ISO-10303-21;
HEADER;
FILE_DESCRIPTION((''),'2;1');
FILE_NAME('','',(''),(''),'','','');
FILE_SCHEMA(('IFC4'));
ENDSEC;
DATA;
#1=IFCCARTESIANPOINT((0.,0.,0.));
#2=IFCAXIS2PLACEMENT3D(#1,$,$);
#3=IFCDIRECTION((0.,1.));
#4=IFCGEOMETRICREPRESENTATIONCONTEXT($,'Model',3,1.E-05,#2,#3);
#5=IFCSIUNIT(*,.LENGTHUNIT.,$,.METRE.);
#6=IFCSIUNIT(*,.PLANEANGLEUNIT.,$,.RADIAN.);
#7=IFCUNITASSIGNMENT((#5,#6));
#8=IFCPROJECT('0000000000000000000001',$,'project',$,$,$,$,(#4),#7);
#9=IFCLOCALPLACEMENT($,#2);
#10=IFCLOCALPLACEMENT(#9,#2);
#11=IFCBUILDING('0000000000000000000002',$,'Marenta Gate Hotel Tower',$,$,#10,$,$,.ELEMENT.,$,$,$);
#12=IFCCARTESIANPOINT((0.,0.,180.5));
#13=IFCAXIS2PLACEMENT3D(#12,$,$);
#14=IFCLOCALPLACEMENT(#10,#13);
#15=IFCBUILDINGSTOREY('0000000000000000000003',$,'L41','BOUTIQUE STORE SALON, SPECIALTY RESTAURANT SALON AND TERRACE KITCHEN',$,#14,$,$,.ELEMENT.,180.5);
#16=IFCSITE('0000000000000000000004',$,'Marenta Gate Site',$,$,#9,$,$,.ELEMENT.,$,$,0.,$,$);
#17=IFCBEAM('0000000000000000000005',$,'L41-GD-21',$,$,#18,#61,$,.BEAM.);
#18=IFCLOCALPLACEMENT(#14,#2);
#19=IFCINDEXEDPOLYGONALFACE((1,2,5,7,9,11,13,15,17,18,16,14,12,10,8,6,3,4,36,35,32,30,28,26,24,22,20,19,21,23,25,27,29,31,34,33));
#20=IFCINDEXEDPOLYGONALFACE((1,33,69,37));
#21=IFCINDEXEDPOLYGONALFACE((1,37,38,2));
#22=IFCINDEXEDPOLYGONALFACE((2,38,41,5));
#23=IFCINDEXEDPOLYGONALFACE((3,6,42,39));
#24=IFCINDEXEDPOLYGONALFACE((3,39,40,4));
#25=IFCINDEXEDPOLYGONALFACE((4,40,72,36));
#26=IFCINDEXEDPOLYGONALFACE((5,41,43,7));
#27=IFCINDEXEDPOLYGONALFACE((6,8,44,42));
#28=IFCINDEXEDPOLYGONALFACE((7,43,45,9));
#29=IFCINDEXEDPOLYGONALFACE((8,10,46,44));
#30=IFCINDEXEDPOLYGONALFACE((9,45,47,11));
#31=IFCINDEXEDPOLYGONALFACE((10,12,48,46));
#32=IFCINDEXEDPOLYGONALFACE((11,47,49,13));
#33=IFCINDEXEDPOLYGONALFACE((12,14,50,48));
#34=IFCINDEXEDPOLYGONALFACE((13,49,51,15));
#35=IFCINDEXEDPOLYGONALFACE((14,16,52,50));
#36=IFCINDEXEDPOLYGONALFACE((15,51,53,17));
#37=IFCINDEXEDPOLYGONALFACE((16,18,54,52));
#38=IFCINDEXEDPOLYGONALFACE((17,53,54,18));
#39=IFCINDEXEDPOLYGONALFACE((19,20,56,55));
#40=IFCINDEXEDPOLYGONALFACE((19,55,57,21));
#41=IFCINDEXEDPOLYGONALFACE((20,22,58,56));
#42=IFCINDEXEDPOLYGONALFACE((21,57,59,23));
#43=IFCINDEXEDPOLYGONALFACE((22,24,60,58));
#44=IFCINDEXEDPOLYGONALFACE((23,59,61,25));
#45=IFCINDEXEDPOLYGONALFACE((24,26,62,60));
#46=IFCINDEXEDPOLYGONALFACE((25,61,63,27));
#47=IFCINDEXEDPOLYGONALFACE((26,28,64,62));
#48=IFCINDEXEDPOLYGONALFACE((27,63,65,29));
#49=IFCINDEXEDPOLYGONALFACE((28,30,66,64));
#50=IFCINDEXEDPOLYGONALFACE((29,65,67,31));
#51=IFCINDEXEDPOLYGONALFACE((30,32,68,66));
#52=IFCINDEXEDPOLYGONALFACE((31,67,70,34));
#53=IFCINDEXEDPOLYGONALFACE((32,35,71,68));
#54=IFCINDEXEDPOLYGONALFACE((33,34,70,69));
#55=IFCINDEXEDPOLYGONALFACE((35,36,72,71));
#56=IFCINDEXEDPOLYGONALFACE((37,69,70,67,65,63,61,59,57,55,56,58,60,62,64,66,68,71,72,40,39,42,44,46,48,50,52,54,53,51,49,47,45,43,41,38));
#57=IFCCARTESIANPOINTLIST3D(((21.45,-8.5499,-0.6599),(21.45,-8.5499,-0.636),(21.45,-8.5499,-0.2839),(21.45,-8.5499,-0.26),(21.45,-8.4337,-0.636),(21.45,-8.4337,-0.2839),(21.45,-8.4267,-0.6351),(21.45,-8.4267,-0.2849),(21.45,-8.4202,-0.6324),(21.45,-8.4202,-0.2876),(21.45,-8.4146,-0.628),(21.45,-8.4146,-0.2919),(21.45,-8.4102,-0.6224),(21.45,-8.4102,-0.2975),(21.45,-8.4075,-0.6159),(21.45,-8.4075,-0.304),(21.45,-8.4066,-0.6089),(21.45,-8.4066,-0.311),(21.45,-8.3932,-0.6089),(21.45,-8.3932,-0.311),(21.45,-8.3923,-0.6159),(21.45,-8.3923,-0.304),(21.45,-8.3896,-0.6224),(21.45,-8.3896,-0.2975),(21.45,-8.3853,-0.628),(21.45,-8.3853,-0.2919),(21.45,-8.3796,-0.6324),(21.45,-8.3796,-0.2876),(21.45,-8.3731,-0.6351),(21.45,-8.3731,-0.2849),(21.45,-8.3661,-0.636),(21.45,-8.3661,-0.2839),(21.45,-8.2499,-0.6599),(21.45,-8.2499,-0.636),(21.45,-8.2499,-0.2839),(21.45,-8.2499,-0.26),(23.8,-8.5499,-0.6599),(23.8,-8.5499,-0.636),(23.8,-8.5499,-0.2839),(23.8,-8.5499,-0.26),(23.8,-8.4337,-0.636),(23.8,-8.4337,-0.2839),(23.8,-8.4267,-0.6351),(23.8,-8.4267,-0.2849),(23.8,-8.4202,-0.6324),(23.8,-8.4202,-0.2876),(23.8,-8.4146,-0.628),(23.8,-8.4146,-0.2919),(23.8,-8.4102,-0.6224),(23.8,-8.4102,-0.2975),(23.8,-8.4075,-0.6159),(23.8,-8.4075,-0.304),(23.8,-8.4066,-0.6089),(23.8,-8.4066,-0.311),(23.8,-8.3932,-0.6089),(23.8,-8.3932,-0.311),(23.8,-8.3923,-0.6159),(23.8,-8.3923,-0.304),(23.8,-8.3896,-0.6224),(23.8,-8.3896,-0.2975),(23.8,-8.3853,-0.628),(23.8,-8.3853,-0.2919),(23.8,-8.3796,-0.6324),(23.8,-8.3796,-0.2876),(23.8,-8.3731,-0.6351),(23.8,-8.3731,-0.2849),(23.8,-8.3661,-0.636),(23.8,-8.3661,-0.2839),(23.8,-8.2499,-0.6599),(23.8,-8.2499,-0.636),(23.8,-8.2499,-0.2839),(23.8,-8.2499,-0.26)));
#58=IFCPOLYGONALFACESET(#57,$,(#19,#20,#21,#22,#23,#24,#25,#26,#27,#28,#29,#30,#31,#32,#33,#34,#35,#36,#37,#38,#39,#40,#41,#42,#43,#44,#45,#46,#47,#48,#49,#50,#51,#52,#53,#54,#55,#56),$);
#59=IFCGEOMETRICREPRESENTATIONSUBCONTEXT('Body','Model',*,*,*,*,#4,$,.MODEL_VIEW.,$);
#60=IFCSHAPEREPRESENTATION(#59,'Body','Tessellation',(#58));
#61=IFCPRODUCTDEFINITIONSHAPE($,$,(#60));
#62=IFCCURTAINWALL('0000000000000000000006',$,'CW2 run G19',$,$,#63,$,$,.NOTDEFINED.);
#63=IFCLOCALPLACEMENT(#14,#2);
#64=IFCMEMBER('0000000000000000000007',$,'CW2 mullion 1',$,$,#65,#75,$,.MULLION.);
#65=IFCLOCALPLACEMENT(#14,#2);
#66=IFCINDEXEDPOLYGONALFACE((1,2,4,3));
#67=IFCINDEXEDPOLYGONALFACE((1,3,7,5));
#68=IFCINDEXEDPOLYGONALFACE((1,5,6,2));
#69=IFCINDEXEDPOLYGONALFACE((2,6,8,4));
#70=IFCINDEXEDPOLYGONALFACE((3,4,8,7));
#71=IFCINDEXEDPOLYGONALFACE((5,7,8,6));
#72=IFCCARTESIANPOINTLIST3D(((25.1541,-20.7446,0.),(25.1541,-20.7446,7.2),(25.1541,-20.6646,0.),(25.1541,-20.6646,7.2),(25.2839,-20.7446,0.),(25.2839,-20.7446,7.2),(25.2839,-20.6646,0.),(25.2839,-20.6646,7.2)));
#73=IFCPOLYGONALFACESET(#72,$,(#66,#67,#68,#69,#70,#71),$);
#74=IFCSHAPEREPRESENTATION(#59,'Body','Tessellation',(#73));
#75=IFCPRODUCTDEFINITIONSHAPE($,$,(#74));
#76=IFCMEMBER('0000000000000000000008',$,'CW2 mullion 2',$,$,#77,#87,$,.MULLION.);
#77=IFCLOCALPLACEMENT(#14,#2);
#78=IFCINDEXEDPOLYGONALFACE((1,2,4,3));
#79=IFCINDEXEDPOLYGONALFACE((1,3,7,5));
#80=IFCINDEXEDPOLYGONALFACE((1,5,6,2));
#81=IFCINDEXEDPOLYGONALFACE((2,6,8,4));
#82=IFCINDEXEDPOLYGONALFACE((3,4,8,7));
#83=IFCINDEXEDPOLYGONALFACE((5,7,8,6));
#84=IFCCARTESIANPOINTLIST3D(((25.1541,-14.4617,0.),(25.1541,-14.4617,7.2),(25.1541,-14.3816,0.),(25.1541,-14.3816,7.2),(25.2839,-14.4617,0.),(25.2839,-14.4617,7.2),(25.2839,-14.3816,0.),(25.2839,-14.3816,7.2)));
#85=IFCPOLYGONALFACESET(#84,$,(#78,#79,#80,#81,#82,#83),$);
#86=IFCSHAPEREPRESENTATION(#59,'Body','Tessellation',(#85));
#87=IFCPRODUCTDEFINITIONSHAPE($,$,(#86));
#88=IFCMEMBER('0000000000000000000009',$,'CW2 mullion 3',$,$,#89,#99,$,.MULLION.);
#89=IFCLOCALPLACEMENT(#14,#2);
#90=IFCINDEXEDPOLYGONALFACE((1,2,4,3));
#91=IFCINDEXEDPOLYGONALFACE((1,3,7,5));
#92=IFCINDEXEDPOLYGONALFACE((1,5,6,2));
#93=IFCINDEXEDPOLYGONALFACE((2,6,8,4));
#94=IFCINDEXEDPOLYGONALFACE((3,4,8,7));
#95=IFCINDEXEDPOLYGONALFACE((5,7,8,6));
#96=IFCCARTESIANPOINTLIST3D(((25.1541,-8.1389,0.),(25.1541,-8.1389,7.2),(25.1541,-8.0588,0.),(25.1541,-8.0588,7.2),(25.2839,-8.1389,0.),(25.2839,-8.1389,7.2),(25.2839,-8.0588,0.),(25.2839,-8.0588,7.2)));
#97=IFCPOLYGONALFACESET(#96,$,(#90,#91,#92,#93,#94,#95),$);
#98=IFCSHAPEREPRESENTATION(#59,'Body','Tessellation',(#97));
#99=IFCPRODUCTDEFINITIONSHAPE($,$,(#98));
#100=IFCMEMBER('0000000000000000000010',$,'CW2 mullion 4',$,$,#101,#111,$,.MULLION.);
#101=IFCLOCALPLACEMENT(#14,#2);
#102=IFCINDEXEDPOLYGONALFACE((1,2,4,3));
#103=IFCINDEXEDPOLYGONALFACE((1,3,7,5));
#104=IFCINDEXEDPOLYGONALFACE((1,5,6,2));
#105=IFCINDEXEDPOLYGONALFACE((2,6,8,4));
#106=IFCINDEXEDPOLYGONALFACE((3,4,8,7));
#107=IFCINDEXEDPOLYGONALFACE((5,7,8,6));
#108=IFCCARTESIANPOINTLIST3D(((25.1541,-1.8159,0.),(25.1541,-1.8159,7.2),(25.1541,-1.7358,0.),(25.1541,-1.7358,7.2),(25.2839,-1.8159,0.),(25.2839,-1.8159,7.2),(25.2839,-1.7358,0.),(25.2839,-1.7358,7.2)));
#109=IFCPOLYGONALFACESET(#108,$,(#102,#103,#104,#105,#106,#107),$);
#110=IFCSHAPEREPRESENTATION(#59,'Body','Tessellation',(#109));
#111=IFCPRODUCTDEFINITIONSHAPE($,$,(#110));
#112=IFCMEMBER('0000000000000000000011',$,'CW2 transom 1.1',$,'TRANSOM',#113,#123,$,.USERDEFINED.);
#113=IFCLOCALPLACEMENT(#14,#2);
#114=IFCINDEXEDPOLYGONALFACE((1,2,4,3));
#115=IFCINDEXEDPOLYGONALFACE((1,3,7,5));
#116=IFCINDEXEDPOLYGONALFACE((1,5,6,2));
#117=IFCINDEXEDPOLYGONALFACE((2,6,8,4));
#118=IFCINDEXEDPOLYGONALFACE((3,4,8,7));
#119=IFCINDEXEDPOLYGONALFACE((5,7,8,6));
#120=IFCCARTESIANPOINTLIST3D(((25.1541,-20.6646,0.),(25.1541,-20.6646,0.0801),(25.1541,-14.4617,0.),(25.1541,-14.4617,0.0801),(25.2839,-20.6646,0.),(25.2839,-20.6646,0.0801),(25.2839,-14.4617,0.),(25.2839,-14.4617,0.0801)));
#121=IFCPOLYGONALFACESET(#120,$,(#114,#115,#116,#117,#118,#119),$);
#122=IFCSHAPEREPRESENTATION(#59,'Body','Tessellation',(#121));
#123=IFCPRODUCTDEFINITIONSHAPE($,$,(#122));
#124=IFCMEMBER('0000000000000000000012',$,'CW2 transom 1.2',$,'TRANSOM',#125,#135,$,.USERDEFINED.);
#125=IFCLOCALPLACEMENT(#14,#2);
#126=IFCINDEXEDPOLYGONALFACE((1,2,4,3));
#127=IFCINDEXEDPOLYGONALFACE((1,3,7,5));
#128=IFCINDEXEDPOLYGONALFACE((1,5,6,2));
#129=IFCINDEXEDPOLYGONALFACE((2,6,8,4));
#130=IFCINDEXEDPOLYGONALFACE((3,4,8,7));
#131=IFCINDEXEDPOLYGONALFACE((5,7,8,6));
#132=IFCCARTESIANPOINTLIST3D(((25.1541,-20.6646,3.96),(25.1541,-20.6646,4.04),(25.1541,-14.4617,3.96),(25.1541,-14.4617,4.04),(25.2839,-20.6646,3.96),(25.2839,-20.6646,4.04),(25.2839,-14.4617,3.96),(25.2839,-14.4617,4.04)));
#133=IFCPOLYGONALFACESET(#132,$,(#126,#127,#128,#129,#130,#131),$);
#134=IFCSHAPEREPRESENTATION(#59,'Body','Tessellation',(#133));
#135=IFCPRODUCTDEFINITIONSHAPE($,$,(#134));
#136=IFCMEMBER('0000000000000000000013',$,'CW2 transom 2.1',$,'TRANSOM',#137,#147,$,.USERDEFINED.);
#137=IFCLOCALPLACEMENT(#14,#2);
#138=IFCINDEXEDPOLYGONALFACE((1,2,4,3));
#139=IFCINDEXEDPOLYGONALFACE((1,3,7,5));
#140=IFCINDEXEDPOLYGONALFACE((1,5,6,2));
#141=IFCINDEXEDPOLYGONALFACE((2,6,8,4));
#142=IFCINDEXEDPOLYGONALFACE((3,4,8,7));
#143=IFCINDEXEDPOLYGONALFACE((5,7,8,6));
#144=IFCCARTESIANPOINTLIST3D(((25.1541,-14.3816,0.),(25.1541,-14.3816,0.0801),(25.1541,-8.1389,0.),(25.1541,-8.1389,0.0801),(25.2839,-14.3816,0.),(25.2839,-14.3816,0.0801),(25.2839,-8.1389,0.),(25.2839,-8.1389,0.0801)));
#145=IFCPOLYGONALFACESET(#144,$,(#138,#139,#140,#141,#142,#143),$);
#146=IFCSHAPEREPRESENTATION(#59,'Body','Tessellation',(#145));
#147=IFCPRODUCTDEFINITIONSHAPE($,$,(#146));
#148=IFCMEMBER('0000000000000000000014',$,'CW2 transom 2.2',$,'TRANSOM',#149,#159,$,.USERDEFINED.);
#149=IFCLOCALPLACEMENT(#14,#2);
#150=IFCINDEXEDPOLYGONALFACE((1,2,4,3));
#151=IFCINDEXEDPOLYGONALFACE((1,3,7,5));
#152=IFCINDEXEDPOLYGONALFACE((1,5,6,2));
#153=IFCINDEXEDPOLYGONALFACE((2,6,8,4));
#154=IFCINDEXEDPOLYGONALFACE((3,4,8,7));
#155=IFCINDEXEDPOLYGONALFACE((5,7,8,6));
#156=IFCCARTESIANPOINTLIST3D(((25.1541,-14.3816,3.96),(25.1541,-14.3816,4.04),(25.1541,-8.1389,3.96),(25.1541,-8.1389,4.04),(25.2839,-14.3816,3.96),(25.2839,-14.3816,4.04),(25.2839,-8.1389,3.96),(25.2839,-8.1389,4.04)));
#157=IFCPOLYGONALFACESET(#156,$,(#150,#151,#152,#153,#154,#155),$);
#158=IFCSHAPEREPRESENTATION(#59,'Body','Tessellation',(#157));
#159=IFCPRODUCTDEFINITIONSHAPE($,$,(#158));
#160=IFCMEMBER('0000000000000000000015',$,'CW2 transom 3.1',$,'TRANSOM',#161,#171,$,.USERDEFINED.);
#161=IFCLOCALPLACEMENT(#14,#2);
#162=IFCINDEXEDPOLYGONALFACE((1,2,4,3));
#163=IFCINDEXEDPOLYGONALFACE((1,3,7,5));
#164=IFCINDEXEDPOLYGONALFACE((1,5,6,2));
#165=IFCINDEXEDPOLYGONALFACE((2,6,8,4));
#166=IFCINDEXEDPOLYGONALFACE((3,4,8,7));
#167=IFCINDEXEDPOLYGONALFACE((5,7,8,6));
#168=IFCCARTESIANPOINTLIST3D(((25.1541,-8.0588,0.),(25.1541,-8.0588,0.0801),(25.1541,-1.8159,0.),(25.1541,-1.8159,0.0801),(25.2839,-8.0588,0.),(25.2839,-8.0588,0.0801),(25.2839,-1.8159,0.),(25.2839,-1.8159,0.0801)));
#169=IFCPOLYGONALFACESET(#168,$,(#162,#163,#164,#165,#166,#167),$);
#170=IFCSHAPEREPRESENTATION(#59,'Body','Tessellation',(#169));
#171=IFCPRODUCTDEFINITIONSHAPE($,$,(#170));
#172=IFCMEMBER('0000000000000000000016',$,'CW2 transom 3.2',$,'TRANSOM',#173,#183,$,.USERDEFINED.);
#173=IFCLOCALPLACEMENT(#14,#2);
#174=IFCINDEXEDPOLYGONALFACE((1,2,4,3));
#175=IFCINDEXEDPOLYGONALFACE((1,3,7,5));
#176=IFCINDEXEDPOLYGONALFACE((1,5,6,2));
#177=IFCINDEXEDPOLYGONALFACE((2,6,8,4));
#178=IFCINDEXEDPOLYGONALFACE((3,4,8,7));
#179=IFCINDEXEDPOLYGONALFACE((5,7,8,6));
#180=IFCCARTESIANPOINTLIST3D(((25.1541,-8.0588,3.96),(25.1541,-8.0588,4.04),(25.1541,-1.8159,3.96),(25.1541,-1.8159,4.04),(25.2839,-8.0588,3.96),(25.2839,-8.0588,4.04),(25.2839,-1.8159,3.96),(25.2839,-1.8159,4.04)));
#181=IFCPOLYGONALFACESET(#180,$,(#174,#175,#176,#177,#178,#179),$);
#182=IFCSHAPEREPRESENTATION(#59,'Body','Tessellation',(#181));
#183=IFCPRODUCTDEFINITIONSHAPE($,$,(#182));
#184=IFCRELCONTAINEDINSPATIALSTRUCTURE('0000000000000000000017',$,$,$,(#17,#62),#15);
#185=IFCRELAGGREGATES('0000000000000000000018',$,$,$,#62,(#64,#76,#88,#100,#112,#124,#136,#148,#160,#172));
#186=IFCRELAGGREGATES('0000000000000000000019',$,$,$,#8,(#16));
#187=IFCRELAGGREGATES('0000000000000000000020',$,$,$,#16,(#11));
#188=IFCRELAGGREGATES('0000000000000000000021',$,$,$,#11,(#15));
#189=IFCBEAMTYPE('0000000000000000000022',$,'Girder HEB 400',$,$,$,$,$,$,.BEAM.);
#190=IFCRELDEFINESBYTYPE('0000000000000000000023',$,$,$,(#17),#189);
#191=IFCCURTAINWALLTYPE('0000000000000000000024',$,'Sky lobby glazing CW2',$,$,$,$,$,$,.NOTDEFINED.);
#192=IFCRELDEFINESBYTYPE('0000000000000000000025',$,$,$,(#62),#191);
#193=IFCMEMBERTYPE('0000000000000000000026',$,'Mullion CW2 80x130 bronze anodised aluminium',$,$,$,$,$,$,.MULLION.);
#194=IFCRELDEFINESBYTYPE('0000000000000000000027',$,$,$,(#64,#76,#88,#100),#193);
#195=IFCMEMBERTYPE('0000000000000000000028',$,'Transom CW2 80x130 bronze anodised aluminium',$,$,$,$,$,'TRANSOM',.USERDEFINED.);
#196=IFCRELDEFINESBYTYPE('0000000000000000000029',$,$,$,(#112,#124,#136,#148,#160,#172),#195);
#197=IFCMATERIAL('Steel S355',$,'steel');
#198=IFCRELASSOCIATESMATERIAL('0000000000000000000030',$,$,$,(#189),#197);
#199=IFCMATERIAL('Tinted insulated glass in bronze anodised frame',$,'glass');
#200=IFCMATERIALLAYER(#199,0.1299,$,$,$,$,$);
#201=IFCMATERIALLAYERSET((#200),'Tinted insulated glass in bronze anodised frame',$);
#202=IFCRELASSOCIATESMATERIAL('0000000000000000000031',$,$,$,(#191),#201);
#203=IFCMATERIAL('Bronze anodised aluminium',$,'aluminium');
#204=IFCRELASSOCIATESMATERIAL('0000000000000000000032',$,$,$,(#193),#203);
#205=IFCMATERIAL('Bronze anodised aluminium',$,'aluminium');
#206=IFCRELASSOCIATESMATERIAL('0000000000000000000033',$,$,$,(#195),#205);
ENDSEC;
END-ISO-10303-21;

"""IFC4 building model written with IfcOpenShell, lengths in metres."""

from ifc_helpers import new_model, si_unit, direction, frame, origin, origin_2d, place, context, subcontext, project, spatial, rectangle, i_section, extrude, material, layer, layer_set, material_profile, profile_set, type_object, element, aggregate, save


model = new_model("IFC4")

# Units and contexts
model_context = context("Model", 3, precision=1e-05, world=origin(), true_north=direction((0.0, 1.0)))
body_context = subcontext(model_context, "Body", "Model", "MODEL_VIEW")
ifc_project = project(units=[si_unit("LENGTHUNIT", "METRE"), si_unit("PLANEANGLEUNIT", "RADIAN")], contexts=[model_context])

# Site, building, storey
site_placement = place(None, origin())
site = spatial("IfcSite", under=ifc_project, at=site_placement, Name="Marenta Gate Site", CompositionType="ELEMENT", RefElevation=0.0)
building_placement = place(site_placement, origin())
building = spatial("IfcBuilding", under=site, at=building_placement, Name="Marenta Gate Hotel Tower", CompositionType="ELEMENT")
storey_placement = place(building_placement, frame((0.0, 0.0, 180.5)))
storey = spatial("IfcBuildingStorey", under=building, at=storey_placement, Name="L41", Description="BOUTIQUE STORE SALON, SPECIALTY RESTAURANT SALON AND TERRACE KITCHEN", CompositionType="ELEMENT", Elevation=180.5)

# Beam
ifc_material_1 = material(Name="Steel S355", Category="steel")
ifc_material_profile_1 = material_profile(ifc_material_1, i_section(OverallWidth=0.3, OverallDepth=0.3999, WebThickness=0.0134, FlangeThickness=0.0239, FilletRadius=0.0271, at=origin_2d()), Name="HEB 400")
ifc_profile_set_1 = profile_set([ifc_material_profile_1], Name="Steel S355")
beam_type_1 = type_object("IfcBeamType", Name="Girder HEB 400", PredefinedType="BEAM", material=ifc_profile_set_1)
beam_1_placement = place(storey_placement, frame((21.45, -8.3999, -0.46), z_axis=(1.0, 0.0, 0.0), x_axis=(0.0, 1.0, 0.0)))
element("IfcBeam", 1, at=beam_1_placement, inside=storey, type_object=beam_type_1, Name="L41-GD-21", PredefinedType="BEAM", context=body_context, shape_type="SweptSolid", body=[
    extrude(i_section(OverallWidth=0.3, OverallDepth=0.3999, WebThickness=0.0134, FlangeThickness=0.0239, FilletRadius=0.0271, at=origin_2d()), origin(), (0.0, 0.0, 1.0), 2.3501),
])

# Curtain wall, members
ifc_material_2 = material(Name="Tinted insulated glass in bronze anodised frame", Category="glass")
ifc_layer_1 = layer(ifc_material_2, 0.1299)
ifc_layer_set_1 = layer_set([ifc_layer_1], Name="Tinted insulated glass in bronze anodised frame")
curtain_wall_type = type_object("IfcCurtainWallType", Name="Sky lobby glazing CW2", PredefinedType="NOTDEFINED", material=ifc_layer_set_1)
curtain_wall_1_placement = place(storey_placement, origin())
curtain_wall_1 = element("IfcCurtainWall", 2, at=curtain_wall_1_placement, inside=storey, type_object=curtain_wall_type, Name="CW2 run G19", PredefinedType="NOTDEFINED")
ifc_material_3 = material(Name="Bronze anodised aluminium", Category="aluminium")
ifc_material_profile_2 = material_profile(ifc_material_3, rectangle(XDim=0.1299, YDim=0.0801, at=origin_2d()), Name="Mullion CW2 80x130 bronze anodised aluminium")
ifc_profile_set_2 = profile_set([ifc_material_profile_2], Name="Bronze anodised aluminium")
member_type_1 = type_object("IfcMemberType", Name="Mullion CW2 80x130 bronze anodised aluminium", PredefinedType="MULLION", material=ifc_profile_set_2)
member_1_placement = place(storey_placement, frame((25.219, -20.7046, 0.0), z_axis=(0.0, 0.0, 1.0), x_axis=(-1.0, 0.0, 0.0)))
member_1 = element("IfcMember", 3, at=member_1_placement, type_object=member_type_1, Name="CW2 mullion 1", PredefinedType="MULLION", context=body_context, shape_type="SweptSolid", body=[
    extrude(rectangle(XDim=0.1299, YDim=0.0801, at=origin_2d()), origin(), (0.0, 0.0, 1.0), 7.2),
])
member_2_placement = place(storey_placement, frame((25.219, -14.4216, 0.0), z_axis=(0.0, 0.0, 1.0), x_axis=(-1.0, 0.0, 0.0)))
member_2 = element("IfcMember", 4, at=member_2_placement, type_object=member_type_1, Name="CW2 mullion 2", PredefinedType="MULLION", context=body_context, shape_type="SweptSolid", body=[
    extrude(rectangle(XDim=0.1299, YDim=0.0801, at=origin_2d()), origin(), (0.0, 0.0, 1.0), 7.2),
])
member_3_placement = place(storey_placement, frame((25.219, -8.0989, 0.0), z_axis=(0.0, 0.0, 1.0), x_axis=(-1.0, 0.0, 0.0)))
member_3 = element("IfcMember", 5, at=member_3_placement, type_object=member_type_1, Name="CW2 mullion 3", PredefinedType="MULLION", context=body_context, shape_type="SweptSolid", body=[
    extrude(rectangle(XDim=0.1299, YDim=0.0801, at=origin_2d()), origin(), (0.0, 0.0, 1.0), 7.2),
])
member_4_placement = place(storey_placement, frame((25.219, -1.7759, 0.0), z_axis=(0.0, 0.0, 1.0), x_axis=(-1.0, 0.0, 0.0)))
member_4 = element("IfcMember", 6, at=member_4_placement, type_object=member_type_1, Name="CW2 mullion 4", PredefinedType="MULLION", context=body_context, shape_type="SweptSolid", body=[
    extrude(rectangle(XDim=0.1299, YDim=0.0801, at=origin_2d()), origin(), (0.0, 0.0, 1.0), 7.2),
])
ifc_material_4 = material(Name="Bronze anodised aluminium", Category="aluminium")
ifc_material_profile_3 = material_profile(ifc_material_4, rectangle(XDim=0.1299, YDim=0.0801, at=origin_2d()), Name="Transom CW2 80x130 bronze anodised aluminium")
ifc_profile_set_3 = profile_set([ifc_material_profile_3], Name="Bronze anodised aluminium")
member_type_2 = type_object("IfcMemberType", Name="Transom CW2 80x130 bronze anodised aluminium", ElementType="TRANSOM", PredefinedType="USERDEFINED", material=ifc_profile_set_3)
member_5_placement = place(storey_placement, frame((25.219, -20.6646, 0.04), z_axis=(0.0, 1.0, 0.0), x_axis=(-1.0, 0.0, 0.0)))
member_5 = element("IfcMember", 7, at=member_5_placement, type_object=member_type_2, Name="CW2 transom 1.1", ObjectType="TRANSOM", PredefinedType="USERDEFINED", context=body_context, shape_type="SweptSolid", body=[
    extrude(rectangle(XDim=0.1299, YDim=0.0801, at=origin_2d()), origin(), (0.0, 0.0, 1.0), 6.2029),
])
member_6_placement = place(storey_placement, frame((25.219, -20.6646, 4.0), z_axis=(0.0, 1.0, 0.0), x_axis=(-1.0, 0.0, 0.0)))
member_6 = element("IfcMember", 8, at=member_6_placement, type_object=member_type_2, Name="CW2 transom 1.2", ObjectType="TRANSOM", PredefinedType="USERDEFINED", context=body_context, shape_type="SweptSolid", body=[
    extrude(rectangle(XDim=0.1299, YDim=0.0801, at=origin_2d()), origin(), (0.0, 0.0, 1.0), 6.2029),
])
member_7_placement = place(storey_placement, frame((25.219, -14.3816, 0.04), z_axis=(0.0, 1.0, 0.0), x_axis=(-1.0, 0.0, 0.0)))
member_7 = element("IfcMember", 9, at=member_7_placement, type_object=member_type_2, Name="CW2 transom 2.1", ObjectType="TRANSOM", PredefinedType="USERDEFINED", context=body_context, shape_type="SweptSolid", body=[
    extrude(rectangle(XDim=0.1299, YDim=0.0801, at=origin_2d()), origin(), (0.0, 0.0, 1.0), 6.2427),
])
member_8_placement = place(storey_placement, frame((25.219, -14.3816, 4.0), z_axis=(0.0, 1.0, 0.0), x_axis=(-1.0, 0.0, 0.0)))
member_8 = element("IfcMember", 10, at=member_8_placement, type_object=member_type_2, Name="CW2 transom 2.2", ObjectType="TRANSOM", PredefinedType="USERDEFINED", context=body_context, shape_type="SweptSolid", body=[
    extrude(rectangle(XDim=0.1299, YDim=0.0801, at=origin_2d()), origin(), (0.0, 0.0, 1.0), 6.2427),
])
member_9_placement = place(storey_placement, frame((25.219, -8.0588, 0.04), z_axis=(0.0, 1.0, 0.0), x_axis=(-1.0, 0.0, 0.0)))
member_9 = element("IfcMember", 11, at=member_9_placement, type_object=member_type_2, Name="CW2 transom 3.1", ObjectType="TRANSOM", PredefinedType="USERDEFINED", context=body_context, shape_type="SweptSolid", body=[
    extrude(rectangle(XDim=0.1299, YDim=0.0801, at=origin_2d()), origin(), (0.0, 0.0, 1.0), 6.2429),
])
member_10_placement = place(storey_placement, frame((25.219, -8.0588, 4.0), z_axis=(0.0, 1.0, 0.0), x_axis=(-1.0, 0.0, 0.0)))
member_10 = element("IfcMember", 12, at=member_10_placement, type_object=member_type_2, Name="CW2 transom 3.2", ObjectType="TRANSOM", PredefinedType="USERDEFINED", context=body_context, shape_type="SweptSolid", body=[
    extrude(rectangle(XDim=0.1299, YDim=0.0801, at=origin_2d()), origin(), (0.0, 0.0, 1.0), 6.2429),
])

aggregate(curtain_wall_1, [member_1, member_2, member_3, member_4, member_5, member_6, member_7, member_8, member_9, member_10])

save(model, "model.ifc")
